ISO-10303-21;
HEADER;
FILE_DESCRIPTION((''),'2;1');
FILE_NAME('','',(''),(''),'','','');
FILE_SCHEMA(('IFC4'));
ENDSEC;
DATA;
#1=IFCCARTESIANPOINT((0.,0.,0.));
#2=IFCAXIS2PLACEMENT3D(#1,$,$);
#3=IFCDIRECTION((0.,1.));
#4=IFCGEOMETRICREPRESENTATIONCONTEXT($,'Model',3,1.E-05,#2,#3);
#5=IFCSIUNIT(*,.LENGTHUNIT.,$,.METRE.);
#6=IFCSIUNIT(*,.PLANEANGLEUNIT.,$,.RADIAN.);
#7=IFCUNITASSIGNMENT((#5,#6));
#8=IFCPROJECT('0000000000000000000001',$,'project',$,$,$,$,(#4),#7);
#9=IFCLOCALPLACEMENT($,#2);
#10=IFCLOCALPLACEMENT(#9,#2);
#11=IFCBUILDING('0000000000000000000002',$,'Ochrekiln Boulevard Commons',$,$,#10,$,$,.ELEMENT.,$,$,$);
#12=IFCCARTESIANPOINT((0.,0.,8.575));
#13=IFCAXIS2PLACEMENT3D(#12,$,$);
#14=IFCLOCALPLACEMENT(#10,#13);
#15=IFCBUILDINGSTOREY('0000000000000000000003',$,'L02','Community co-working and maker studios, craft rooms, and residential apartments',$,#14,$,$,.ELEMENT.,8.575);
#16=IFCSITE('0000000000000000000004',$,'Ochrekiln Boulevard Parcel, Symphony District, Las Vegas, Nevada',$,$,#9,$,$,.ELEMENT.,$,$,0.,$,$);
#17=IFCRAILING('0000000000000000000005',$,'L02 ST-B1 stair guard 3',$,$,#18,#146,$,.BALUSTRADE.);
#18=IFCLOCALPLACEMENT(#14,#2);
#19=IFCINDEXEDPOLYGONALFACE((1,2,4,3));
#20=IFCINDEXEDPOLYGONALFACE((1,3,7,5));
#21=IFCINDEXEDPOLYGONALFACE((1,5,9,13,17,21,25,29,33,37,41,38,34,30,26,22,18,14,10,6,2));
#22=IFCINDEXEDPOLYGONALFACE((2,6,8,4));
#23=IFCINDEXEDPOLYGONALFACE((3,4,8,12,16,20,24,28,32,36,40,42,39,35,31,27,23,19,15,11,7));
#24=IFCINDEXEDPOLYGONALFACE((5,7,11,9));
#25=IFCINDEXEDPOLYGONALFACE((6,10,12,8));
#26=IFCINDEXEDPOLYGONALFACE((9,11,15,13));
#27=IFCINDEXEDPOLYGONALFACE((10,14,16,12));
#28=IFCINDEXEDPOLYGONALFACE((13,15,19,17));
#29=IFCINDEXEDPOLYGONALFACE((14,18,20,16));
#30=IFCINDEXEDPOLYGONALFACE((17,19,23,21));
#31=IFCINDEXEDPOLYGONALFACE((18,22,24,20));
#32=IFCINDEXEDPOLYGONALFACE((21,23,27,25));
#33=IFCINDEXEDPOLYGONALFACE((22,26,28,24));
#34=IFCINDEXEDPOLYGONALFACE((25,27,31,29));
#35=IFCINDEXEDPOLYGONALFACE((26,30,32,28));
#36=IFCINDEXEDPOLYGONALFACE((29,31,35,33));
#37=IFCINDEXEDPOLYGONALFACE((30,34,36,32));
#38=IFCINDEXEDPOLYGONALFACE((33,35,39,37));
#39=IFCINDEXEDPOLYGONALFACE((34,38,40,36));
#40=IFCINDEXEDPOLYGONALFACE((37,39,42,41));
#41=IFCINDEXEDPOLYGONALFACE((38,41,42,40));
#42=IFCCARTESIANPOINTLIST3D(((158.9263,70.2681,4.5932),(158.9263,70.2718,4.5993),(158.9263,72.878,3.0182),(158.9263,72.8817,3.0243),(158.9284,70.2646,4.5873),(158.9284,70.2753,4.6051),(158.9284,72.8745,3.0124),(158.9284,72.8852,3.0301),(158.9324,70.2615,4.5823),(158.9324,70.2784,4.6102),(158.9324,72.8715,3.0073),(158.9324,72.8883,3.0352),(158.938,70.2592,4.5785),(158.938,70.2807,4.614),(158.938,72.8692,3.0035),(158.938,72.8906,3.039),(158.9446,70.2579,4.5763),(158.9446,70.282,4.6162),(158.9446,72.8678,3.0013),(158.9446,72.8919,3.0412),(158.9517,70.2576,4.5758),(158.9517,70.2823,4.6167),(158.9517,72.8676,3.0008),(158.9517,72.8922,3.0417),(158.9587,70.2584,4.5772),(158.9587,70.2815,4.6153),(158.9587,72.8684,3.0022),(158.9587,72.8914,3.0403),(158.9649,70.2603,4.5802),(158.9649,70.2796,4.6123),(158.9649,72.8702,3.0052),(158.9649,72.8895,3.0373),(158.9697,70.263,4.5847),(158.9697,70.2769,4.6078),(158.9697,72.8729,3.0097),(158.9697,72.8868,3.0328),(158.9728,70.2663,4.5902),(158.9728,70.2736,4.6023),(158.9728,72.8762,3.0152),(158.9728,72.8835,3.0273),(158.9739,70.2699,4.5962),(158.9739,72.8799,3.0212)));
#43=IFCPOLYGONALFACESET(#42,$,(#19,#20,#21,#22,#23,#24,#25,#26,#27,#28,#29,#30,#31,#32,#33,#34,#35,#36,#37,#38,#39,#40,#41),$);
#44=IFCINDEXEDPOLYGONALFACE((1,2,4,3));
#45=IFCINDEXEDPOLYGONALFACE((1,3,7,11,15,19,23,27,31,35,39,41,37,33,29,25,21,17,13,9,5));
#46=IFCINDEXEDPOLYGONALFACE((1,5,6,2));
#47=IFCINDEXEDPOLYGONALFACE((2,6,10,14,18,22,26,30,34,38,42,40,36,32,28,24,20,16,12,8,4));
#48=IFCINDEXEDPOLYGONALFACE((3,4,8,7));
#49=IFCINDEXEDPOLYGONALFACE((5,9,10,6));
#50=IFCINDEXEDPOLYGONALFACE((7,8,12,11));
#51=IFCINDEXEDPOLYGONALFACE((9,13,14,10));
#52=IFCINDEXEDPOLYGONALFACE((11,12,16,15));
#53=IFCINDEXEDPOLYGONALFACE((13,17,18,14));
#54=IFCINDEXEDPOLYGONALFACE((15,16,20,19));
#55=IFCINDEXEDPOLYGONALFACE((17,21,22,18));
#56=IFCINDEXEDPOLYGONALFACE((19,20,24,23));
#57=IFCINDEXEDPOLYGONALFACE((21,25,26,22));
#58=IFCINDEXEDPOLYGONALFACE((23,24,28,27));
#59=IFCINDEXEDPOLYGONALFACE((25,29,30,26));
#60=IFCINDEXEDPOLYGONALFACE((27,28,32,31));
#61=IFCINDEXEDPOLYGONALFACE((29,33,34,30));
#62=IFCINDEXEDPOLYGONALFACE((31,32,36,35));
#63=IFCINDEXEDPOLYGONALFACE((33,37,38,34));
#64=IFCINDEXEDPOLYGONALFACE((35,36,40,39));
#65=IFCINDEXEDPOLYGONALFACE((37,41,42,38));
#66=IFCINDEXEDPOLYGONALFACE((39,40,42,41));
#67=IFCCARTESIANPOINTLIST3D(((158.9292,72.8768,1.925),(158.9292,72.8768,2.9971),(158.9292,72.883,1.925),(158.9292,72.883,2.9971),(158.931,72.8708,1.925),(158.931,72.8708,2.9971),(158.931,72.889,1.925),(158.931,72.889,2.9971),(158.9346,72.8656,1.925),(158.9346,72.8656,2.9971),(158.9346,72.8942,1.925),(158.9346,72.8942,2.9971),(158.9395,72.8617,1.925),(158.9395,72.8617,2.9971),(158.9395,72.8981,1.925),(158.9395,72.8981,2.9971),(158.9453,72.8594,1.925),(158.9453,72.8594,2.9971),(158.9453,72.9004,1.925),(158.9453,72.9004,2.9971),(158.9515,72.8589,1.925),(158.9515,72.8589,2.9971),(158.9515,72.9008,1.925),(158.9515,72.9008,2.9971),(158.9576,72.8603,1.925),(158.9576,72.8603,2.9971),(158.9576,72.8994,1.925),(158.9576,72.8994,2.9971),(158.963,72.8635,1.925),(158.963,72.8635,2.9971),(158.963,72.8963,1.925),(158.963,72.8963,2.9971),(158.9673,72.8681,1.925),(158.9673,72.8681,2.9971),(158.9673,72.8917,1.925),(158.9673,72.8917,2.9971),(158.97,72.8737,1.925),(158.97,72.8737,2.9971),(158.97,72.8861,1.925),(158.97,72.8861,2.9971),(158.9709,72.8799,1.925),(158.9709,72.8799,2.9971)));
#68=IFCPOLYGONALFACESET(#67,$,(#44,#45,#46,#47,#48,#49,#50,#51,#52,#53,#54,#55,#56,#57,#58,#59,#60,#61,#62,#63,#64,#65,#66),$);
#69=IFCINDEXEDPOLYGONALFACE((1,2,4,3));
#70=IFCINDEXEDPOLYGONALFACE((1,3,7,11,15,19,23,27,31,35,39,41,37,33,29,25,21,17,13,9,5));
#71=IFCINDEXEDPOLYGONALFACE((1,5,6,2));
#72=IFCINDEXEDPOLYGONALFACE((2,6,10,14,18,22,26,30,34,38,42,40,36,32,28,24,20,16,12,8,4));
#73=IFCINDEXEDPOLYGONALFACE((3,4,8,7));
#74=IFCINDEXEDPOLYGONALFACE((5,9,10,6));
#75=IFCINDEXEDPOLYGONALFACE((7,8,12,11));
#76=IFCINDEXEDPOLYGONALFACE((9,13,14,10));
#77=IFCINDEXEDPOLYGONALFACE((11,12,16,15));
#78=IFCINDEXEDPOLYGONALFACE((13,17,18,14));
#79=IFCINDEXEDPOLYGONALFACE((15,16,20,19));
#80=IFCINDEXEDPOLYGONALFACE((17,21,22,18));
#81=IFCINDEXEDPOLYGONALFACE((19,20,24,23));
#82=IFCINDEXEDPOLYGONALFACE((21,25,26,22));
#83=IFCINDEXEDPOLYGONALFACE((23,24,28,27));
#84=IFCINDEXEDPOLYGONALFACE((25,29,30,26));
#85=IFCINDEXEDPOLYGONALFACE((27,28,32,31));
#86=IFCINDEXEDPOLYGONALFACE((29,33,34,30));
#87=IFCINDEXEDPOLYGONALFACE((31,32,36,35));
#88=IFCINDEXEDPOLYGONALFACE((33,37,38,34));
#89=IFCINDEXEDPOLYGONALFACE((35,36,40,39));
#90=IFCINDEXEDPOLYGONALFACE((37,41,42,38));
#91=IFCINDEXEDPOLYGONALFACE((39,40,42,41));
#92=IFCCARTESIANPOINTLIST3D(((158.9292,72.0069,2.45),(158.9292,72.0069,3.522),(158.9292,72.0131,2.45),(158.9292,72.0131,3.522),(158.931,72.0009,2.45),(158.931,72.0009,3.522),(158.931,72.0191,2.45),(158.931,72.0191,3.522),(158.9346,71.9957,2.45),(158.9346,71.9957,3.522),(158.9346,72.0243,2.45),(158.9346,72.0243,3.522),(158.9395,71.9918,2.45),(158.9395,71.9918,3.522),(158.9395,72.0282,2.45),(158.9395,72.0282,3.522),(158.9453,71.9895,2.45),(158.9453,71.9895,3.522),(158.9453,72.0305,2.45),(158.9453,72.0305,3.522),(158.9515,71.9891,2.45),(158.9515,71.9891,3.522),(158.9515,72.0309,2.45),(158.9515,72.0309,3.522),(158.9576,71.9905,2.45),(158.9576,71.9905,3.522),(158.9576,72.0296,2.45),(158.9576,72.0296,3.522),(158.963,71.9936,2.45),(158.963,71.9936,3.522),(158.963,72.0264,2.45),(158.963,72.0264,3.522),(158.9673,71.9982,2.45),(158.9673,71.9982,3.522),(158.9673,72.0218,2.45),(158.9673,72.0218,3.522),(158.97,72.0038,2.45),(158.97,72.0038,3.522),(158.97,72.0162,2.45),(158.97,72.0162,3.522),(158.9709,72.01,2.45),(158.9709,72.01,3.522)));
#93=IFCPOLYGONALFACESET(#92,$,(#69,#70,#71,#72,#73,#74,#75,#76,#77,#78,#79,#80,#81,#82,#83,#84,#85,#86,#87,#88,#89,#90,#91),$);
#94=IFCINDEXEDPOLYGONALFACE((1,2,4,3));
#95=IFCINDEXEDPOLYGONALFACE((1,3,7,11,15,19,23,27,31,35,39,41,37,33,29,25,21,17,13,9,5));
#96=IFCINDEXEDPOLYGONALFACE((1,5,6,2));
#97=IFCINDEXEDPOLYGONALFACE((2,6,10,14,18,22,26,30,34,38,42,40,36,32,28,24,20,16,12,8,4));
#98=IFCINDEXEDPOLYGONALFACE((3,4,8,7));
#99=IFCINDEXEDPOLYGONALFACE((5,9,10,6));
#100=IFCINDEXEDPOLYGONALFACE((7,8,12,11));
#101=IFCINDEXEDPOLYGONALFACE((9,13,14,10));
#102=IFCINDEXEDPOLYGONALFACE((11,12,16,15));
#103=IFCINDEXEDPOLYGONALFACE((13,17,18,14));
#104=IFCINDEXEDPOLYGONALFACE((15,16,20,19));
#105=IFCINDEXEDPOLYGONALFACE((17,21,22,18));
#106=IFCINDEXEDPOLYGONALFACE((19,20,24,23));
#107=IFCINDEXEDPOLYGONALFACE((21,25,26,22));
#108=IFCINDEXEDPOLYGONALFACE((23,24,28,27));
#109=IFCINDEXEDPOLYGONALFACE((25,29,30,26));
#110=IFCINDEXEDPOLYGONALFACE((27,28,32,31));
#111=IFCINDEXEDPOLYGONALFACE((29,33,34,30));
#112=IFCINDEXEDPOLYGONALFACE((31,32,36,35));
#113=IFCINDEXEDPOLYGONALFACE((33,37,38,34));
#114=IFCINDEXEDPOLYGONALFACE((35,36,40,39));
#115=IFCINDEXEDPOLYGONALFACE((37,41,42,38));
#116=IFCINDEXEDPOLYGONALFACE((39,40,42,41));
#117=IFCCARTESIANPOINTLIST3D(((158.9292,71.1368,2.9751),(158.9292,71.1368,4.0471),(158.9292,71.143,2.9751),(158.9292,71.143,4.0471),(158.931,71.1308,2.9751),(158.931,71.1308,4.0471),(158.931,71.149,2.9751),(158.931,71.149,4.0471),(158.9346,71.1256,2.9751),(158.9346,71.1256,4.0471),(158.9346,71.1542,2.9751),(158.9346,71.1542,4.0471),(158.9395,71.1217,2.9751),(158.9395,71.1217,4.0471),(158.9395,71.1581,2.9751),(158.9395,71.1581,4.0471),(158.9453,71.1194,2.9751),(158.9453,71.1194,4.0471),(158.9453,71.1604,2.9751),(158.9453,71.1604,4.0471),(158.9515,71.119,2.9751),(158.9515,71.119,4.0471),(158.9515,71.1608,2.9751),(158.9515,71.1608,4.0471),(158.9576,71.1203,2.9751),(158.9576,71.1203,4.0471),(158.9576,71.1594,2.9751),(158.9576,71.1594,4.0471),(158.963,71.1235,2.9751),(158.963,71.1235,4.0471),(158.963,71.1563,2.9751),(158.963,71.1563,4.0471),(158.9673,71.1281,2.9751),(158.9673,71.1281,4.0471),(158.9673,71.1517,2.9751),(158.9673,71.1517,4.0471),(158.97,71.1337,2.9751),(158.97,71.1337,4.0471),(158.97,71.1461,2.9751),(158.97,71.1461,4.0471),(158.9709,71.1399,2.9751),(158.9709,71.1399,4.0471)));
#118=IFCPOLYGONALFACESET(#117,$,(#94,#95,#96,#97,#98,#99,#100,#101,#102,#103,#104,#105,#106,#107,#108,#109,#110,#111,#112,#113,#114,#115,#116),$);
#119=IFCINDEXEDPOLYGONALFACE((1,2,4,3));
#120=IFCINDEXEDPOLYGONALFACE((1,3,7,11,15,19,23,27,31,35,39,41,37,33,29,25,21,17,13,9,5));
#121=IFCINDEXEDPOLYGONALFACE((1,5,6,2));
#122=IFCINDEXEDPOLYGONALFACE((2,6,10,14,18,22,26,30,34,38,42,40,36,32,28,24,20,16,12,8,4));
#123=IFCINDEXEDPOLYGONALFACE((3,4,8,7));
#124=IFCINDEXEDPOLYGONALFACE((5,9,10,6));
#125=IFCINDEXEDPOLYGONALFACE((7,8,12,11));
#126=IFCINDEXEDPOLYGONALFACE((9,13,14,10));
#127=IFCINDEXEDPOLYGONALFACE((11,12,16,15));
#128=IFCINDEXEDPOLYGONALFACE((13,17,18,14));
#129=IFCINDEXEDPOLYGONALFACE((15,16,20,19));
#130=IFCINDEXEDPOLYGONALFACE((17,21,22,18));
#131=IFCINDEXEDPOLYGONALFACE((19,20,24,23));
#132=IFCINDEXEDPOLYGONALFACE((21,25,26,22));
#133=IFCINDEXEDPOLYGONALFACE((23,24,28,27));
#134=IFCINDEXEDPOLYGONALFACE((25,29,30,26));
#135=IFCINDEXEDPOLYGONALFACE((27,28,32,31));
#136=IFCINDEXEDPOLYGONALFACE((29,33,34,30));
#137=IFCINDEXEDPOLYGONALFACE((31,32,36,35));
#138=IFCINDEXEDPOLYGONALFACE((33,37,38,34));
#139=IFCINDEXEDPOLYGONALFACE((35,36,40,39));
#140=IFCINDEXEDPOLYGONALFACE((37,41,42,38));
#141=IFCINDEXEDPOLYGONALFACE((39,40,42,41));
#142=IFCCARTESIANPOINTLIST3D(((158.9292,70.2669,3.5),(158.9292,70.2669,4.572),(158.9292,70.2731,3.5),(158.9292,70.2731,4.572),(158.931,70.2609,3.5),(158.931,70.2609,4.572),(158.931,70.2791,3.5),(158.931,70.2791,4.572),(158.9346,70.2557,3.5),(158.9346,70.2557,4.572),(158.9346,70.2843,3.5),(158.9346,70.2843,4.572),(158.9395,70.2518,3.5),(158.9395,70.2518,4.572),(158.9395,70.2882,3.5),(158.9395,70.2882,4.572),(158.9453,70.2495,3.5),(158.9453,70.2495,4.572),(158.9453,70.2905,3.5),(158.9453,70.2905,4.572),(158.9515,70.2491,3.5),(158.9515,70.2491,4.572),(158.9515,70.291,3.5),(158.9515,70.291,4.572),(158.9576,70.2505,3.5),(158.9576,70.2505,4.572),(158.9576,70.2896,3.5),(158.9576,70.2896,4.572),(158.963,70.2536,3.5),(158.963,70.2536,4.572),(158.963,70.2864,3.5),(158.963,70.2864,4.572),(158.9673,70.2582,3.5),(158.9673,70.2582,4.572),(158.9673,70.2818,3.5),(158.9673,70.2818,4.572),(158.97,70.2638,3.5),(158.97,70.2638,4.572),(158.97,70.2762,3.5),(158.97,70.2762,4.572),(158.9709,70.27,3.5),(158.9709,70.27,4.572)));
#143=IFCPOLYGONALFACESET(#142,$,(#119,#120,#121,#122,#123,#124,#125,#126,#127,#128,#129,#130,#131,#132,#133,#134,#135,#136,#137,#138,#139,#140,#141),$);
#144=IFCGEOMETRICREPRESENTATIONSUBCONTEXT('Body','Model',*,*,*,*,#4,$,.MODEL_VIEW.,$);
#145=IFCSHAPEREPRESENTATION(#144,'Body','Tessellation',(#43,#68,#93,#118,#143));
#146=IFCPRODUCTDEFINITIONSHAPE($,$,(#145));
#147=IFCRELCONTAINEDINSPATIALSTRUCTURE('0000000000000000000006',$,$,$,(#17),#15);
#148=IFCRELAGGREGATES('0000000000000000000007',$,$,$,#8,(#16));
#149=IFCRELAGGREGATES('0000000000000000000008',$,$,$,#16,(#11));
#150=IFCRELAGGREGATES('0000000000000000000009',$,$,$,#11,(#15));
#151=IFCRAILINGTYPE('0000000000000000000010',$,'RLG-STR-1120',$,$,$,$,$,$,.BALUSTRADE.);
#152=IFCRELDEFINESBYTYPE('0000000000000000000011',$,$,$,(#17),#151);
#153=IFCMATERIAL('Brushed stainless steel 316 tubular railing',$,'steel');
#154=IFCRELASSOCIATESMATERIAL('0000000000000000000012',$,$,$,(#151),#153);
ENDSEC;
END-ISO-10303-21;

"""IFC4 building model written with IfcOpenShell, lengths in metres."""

from ifc_helpers import new_model, si_unit, direction, frame, origin, origin_2d, place, context, subcontext, project, spatial, circle, extrude, material, type_object, element, save


model = new_model("IFC4")

# Units and contexts
model_context = context("Model", 3, precision=1e-05, world=origin(), true_north=direction((0.0, 1.0)))
body_context = subcontext(model_context, "Body", "Model", "MODEL_VIEW")
ifc_project = project(units=[si_unit("LENGTHUNIT", "METRE"), si_unit("PLANEANGLEUNIT", "RADIAN")], contexts=[model_context])

# Site, building, storey
site_placement = place(None, origin())
site = spatial("IfcSite", under=ifc_project, at=site_placement, Name="Ochrekiln Boulevard Parcel, Symphony District, Las Vegas, Nevada", CompositionType="ELEMENT", RefElevation=0.0)
building_placement = place(site_placement, origin())
building = spatial("IfcBuilding", under=site, at=building_placement, Name="Ochrekiln Boulevard Commons", CompositionType="ELEMENT")
storey_placement = place(building_placement, frame((0.0, 0.0, 8.575)))
storey = spatial("IfcBuildingStorey", under=building, at=storey_placement, Name="L02", Description="Community co-working and maker studios, craft rooms, and residential apartments", CompositionType="ELEMENT", Elevation=8.575)

# Railing
ifc_material_1 = material(Name="Brushed stainless steel 316 tubular railing", Category="steel")
railing_type_1 = type_object("IfcRailingType", Name="RLG-STR-1120", PredefinedType="BALUSTRADE", material=ifc_material_1)
railing_1_placement = place(storey_placement, frame((158.95, 72.8799, 1.925)))
element("IfcRailing", 1, at=railing_1_placement, inside=storey, type_object=railing_type_1, Name="L02 ST-B1 stair guard 3", PredefinedType="BALUSTRADE", context=body_context, shape_type="SweptSolid", body=[
    extrude(circle(Radius=0.0239, at=origin_2d()), frame((0.0, 0.0, 1.0962), z_axis=(0.0, -0.856183, 0.516673), x_axis=(1.0, 0.0, 0.0)), (0.0, 0.0, 1.0), 3.0483),
    extrude(circle(Radius=0.021, at=origin_2d()), origin(), (0.0, 0.0, 1.0), 1.072),
    extrude(circle(Radius=0.021, at=origin_2d()), frame((0.0, -0.8699, 0.5249)), (0.0, 0.0, 1.0), 1.072),
    extrude(circle(Radius=0.021, at=origin_2d()), frame((0.0, -1.74, 1.05)), (0.0, 0.0, 1.0), 1.072),
    extrude(circle(Radius=0.021, at=origin_2d()), frame((0.0, -2.6099, 1.575)), (0.0, 0.0, 1.0), 1.072),
])

save(model, "model.ifc")
